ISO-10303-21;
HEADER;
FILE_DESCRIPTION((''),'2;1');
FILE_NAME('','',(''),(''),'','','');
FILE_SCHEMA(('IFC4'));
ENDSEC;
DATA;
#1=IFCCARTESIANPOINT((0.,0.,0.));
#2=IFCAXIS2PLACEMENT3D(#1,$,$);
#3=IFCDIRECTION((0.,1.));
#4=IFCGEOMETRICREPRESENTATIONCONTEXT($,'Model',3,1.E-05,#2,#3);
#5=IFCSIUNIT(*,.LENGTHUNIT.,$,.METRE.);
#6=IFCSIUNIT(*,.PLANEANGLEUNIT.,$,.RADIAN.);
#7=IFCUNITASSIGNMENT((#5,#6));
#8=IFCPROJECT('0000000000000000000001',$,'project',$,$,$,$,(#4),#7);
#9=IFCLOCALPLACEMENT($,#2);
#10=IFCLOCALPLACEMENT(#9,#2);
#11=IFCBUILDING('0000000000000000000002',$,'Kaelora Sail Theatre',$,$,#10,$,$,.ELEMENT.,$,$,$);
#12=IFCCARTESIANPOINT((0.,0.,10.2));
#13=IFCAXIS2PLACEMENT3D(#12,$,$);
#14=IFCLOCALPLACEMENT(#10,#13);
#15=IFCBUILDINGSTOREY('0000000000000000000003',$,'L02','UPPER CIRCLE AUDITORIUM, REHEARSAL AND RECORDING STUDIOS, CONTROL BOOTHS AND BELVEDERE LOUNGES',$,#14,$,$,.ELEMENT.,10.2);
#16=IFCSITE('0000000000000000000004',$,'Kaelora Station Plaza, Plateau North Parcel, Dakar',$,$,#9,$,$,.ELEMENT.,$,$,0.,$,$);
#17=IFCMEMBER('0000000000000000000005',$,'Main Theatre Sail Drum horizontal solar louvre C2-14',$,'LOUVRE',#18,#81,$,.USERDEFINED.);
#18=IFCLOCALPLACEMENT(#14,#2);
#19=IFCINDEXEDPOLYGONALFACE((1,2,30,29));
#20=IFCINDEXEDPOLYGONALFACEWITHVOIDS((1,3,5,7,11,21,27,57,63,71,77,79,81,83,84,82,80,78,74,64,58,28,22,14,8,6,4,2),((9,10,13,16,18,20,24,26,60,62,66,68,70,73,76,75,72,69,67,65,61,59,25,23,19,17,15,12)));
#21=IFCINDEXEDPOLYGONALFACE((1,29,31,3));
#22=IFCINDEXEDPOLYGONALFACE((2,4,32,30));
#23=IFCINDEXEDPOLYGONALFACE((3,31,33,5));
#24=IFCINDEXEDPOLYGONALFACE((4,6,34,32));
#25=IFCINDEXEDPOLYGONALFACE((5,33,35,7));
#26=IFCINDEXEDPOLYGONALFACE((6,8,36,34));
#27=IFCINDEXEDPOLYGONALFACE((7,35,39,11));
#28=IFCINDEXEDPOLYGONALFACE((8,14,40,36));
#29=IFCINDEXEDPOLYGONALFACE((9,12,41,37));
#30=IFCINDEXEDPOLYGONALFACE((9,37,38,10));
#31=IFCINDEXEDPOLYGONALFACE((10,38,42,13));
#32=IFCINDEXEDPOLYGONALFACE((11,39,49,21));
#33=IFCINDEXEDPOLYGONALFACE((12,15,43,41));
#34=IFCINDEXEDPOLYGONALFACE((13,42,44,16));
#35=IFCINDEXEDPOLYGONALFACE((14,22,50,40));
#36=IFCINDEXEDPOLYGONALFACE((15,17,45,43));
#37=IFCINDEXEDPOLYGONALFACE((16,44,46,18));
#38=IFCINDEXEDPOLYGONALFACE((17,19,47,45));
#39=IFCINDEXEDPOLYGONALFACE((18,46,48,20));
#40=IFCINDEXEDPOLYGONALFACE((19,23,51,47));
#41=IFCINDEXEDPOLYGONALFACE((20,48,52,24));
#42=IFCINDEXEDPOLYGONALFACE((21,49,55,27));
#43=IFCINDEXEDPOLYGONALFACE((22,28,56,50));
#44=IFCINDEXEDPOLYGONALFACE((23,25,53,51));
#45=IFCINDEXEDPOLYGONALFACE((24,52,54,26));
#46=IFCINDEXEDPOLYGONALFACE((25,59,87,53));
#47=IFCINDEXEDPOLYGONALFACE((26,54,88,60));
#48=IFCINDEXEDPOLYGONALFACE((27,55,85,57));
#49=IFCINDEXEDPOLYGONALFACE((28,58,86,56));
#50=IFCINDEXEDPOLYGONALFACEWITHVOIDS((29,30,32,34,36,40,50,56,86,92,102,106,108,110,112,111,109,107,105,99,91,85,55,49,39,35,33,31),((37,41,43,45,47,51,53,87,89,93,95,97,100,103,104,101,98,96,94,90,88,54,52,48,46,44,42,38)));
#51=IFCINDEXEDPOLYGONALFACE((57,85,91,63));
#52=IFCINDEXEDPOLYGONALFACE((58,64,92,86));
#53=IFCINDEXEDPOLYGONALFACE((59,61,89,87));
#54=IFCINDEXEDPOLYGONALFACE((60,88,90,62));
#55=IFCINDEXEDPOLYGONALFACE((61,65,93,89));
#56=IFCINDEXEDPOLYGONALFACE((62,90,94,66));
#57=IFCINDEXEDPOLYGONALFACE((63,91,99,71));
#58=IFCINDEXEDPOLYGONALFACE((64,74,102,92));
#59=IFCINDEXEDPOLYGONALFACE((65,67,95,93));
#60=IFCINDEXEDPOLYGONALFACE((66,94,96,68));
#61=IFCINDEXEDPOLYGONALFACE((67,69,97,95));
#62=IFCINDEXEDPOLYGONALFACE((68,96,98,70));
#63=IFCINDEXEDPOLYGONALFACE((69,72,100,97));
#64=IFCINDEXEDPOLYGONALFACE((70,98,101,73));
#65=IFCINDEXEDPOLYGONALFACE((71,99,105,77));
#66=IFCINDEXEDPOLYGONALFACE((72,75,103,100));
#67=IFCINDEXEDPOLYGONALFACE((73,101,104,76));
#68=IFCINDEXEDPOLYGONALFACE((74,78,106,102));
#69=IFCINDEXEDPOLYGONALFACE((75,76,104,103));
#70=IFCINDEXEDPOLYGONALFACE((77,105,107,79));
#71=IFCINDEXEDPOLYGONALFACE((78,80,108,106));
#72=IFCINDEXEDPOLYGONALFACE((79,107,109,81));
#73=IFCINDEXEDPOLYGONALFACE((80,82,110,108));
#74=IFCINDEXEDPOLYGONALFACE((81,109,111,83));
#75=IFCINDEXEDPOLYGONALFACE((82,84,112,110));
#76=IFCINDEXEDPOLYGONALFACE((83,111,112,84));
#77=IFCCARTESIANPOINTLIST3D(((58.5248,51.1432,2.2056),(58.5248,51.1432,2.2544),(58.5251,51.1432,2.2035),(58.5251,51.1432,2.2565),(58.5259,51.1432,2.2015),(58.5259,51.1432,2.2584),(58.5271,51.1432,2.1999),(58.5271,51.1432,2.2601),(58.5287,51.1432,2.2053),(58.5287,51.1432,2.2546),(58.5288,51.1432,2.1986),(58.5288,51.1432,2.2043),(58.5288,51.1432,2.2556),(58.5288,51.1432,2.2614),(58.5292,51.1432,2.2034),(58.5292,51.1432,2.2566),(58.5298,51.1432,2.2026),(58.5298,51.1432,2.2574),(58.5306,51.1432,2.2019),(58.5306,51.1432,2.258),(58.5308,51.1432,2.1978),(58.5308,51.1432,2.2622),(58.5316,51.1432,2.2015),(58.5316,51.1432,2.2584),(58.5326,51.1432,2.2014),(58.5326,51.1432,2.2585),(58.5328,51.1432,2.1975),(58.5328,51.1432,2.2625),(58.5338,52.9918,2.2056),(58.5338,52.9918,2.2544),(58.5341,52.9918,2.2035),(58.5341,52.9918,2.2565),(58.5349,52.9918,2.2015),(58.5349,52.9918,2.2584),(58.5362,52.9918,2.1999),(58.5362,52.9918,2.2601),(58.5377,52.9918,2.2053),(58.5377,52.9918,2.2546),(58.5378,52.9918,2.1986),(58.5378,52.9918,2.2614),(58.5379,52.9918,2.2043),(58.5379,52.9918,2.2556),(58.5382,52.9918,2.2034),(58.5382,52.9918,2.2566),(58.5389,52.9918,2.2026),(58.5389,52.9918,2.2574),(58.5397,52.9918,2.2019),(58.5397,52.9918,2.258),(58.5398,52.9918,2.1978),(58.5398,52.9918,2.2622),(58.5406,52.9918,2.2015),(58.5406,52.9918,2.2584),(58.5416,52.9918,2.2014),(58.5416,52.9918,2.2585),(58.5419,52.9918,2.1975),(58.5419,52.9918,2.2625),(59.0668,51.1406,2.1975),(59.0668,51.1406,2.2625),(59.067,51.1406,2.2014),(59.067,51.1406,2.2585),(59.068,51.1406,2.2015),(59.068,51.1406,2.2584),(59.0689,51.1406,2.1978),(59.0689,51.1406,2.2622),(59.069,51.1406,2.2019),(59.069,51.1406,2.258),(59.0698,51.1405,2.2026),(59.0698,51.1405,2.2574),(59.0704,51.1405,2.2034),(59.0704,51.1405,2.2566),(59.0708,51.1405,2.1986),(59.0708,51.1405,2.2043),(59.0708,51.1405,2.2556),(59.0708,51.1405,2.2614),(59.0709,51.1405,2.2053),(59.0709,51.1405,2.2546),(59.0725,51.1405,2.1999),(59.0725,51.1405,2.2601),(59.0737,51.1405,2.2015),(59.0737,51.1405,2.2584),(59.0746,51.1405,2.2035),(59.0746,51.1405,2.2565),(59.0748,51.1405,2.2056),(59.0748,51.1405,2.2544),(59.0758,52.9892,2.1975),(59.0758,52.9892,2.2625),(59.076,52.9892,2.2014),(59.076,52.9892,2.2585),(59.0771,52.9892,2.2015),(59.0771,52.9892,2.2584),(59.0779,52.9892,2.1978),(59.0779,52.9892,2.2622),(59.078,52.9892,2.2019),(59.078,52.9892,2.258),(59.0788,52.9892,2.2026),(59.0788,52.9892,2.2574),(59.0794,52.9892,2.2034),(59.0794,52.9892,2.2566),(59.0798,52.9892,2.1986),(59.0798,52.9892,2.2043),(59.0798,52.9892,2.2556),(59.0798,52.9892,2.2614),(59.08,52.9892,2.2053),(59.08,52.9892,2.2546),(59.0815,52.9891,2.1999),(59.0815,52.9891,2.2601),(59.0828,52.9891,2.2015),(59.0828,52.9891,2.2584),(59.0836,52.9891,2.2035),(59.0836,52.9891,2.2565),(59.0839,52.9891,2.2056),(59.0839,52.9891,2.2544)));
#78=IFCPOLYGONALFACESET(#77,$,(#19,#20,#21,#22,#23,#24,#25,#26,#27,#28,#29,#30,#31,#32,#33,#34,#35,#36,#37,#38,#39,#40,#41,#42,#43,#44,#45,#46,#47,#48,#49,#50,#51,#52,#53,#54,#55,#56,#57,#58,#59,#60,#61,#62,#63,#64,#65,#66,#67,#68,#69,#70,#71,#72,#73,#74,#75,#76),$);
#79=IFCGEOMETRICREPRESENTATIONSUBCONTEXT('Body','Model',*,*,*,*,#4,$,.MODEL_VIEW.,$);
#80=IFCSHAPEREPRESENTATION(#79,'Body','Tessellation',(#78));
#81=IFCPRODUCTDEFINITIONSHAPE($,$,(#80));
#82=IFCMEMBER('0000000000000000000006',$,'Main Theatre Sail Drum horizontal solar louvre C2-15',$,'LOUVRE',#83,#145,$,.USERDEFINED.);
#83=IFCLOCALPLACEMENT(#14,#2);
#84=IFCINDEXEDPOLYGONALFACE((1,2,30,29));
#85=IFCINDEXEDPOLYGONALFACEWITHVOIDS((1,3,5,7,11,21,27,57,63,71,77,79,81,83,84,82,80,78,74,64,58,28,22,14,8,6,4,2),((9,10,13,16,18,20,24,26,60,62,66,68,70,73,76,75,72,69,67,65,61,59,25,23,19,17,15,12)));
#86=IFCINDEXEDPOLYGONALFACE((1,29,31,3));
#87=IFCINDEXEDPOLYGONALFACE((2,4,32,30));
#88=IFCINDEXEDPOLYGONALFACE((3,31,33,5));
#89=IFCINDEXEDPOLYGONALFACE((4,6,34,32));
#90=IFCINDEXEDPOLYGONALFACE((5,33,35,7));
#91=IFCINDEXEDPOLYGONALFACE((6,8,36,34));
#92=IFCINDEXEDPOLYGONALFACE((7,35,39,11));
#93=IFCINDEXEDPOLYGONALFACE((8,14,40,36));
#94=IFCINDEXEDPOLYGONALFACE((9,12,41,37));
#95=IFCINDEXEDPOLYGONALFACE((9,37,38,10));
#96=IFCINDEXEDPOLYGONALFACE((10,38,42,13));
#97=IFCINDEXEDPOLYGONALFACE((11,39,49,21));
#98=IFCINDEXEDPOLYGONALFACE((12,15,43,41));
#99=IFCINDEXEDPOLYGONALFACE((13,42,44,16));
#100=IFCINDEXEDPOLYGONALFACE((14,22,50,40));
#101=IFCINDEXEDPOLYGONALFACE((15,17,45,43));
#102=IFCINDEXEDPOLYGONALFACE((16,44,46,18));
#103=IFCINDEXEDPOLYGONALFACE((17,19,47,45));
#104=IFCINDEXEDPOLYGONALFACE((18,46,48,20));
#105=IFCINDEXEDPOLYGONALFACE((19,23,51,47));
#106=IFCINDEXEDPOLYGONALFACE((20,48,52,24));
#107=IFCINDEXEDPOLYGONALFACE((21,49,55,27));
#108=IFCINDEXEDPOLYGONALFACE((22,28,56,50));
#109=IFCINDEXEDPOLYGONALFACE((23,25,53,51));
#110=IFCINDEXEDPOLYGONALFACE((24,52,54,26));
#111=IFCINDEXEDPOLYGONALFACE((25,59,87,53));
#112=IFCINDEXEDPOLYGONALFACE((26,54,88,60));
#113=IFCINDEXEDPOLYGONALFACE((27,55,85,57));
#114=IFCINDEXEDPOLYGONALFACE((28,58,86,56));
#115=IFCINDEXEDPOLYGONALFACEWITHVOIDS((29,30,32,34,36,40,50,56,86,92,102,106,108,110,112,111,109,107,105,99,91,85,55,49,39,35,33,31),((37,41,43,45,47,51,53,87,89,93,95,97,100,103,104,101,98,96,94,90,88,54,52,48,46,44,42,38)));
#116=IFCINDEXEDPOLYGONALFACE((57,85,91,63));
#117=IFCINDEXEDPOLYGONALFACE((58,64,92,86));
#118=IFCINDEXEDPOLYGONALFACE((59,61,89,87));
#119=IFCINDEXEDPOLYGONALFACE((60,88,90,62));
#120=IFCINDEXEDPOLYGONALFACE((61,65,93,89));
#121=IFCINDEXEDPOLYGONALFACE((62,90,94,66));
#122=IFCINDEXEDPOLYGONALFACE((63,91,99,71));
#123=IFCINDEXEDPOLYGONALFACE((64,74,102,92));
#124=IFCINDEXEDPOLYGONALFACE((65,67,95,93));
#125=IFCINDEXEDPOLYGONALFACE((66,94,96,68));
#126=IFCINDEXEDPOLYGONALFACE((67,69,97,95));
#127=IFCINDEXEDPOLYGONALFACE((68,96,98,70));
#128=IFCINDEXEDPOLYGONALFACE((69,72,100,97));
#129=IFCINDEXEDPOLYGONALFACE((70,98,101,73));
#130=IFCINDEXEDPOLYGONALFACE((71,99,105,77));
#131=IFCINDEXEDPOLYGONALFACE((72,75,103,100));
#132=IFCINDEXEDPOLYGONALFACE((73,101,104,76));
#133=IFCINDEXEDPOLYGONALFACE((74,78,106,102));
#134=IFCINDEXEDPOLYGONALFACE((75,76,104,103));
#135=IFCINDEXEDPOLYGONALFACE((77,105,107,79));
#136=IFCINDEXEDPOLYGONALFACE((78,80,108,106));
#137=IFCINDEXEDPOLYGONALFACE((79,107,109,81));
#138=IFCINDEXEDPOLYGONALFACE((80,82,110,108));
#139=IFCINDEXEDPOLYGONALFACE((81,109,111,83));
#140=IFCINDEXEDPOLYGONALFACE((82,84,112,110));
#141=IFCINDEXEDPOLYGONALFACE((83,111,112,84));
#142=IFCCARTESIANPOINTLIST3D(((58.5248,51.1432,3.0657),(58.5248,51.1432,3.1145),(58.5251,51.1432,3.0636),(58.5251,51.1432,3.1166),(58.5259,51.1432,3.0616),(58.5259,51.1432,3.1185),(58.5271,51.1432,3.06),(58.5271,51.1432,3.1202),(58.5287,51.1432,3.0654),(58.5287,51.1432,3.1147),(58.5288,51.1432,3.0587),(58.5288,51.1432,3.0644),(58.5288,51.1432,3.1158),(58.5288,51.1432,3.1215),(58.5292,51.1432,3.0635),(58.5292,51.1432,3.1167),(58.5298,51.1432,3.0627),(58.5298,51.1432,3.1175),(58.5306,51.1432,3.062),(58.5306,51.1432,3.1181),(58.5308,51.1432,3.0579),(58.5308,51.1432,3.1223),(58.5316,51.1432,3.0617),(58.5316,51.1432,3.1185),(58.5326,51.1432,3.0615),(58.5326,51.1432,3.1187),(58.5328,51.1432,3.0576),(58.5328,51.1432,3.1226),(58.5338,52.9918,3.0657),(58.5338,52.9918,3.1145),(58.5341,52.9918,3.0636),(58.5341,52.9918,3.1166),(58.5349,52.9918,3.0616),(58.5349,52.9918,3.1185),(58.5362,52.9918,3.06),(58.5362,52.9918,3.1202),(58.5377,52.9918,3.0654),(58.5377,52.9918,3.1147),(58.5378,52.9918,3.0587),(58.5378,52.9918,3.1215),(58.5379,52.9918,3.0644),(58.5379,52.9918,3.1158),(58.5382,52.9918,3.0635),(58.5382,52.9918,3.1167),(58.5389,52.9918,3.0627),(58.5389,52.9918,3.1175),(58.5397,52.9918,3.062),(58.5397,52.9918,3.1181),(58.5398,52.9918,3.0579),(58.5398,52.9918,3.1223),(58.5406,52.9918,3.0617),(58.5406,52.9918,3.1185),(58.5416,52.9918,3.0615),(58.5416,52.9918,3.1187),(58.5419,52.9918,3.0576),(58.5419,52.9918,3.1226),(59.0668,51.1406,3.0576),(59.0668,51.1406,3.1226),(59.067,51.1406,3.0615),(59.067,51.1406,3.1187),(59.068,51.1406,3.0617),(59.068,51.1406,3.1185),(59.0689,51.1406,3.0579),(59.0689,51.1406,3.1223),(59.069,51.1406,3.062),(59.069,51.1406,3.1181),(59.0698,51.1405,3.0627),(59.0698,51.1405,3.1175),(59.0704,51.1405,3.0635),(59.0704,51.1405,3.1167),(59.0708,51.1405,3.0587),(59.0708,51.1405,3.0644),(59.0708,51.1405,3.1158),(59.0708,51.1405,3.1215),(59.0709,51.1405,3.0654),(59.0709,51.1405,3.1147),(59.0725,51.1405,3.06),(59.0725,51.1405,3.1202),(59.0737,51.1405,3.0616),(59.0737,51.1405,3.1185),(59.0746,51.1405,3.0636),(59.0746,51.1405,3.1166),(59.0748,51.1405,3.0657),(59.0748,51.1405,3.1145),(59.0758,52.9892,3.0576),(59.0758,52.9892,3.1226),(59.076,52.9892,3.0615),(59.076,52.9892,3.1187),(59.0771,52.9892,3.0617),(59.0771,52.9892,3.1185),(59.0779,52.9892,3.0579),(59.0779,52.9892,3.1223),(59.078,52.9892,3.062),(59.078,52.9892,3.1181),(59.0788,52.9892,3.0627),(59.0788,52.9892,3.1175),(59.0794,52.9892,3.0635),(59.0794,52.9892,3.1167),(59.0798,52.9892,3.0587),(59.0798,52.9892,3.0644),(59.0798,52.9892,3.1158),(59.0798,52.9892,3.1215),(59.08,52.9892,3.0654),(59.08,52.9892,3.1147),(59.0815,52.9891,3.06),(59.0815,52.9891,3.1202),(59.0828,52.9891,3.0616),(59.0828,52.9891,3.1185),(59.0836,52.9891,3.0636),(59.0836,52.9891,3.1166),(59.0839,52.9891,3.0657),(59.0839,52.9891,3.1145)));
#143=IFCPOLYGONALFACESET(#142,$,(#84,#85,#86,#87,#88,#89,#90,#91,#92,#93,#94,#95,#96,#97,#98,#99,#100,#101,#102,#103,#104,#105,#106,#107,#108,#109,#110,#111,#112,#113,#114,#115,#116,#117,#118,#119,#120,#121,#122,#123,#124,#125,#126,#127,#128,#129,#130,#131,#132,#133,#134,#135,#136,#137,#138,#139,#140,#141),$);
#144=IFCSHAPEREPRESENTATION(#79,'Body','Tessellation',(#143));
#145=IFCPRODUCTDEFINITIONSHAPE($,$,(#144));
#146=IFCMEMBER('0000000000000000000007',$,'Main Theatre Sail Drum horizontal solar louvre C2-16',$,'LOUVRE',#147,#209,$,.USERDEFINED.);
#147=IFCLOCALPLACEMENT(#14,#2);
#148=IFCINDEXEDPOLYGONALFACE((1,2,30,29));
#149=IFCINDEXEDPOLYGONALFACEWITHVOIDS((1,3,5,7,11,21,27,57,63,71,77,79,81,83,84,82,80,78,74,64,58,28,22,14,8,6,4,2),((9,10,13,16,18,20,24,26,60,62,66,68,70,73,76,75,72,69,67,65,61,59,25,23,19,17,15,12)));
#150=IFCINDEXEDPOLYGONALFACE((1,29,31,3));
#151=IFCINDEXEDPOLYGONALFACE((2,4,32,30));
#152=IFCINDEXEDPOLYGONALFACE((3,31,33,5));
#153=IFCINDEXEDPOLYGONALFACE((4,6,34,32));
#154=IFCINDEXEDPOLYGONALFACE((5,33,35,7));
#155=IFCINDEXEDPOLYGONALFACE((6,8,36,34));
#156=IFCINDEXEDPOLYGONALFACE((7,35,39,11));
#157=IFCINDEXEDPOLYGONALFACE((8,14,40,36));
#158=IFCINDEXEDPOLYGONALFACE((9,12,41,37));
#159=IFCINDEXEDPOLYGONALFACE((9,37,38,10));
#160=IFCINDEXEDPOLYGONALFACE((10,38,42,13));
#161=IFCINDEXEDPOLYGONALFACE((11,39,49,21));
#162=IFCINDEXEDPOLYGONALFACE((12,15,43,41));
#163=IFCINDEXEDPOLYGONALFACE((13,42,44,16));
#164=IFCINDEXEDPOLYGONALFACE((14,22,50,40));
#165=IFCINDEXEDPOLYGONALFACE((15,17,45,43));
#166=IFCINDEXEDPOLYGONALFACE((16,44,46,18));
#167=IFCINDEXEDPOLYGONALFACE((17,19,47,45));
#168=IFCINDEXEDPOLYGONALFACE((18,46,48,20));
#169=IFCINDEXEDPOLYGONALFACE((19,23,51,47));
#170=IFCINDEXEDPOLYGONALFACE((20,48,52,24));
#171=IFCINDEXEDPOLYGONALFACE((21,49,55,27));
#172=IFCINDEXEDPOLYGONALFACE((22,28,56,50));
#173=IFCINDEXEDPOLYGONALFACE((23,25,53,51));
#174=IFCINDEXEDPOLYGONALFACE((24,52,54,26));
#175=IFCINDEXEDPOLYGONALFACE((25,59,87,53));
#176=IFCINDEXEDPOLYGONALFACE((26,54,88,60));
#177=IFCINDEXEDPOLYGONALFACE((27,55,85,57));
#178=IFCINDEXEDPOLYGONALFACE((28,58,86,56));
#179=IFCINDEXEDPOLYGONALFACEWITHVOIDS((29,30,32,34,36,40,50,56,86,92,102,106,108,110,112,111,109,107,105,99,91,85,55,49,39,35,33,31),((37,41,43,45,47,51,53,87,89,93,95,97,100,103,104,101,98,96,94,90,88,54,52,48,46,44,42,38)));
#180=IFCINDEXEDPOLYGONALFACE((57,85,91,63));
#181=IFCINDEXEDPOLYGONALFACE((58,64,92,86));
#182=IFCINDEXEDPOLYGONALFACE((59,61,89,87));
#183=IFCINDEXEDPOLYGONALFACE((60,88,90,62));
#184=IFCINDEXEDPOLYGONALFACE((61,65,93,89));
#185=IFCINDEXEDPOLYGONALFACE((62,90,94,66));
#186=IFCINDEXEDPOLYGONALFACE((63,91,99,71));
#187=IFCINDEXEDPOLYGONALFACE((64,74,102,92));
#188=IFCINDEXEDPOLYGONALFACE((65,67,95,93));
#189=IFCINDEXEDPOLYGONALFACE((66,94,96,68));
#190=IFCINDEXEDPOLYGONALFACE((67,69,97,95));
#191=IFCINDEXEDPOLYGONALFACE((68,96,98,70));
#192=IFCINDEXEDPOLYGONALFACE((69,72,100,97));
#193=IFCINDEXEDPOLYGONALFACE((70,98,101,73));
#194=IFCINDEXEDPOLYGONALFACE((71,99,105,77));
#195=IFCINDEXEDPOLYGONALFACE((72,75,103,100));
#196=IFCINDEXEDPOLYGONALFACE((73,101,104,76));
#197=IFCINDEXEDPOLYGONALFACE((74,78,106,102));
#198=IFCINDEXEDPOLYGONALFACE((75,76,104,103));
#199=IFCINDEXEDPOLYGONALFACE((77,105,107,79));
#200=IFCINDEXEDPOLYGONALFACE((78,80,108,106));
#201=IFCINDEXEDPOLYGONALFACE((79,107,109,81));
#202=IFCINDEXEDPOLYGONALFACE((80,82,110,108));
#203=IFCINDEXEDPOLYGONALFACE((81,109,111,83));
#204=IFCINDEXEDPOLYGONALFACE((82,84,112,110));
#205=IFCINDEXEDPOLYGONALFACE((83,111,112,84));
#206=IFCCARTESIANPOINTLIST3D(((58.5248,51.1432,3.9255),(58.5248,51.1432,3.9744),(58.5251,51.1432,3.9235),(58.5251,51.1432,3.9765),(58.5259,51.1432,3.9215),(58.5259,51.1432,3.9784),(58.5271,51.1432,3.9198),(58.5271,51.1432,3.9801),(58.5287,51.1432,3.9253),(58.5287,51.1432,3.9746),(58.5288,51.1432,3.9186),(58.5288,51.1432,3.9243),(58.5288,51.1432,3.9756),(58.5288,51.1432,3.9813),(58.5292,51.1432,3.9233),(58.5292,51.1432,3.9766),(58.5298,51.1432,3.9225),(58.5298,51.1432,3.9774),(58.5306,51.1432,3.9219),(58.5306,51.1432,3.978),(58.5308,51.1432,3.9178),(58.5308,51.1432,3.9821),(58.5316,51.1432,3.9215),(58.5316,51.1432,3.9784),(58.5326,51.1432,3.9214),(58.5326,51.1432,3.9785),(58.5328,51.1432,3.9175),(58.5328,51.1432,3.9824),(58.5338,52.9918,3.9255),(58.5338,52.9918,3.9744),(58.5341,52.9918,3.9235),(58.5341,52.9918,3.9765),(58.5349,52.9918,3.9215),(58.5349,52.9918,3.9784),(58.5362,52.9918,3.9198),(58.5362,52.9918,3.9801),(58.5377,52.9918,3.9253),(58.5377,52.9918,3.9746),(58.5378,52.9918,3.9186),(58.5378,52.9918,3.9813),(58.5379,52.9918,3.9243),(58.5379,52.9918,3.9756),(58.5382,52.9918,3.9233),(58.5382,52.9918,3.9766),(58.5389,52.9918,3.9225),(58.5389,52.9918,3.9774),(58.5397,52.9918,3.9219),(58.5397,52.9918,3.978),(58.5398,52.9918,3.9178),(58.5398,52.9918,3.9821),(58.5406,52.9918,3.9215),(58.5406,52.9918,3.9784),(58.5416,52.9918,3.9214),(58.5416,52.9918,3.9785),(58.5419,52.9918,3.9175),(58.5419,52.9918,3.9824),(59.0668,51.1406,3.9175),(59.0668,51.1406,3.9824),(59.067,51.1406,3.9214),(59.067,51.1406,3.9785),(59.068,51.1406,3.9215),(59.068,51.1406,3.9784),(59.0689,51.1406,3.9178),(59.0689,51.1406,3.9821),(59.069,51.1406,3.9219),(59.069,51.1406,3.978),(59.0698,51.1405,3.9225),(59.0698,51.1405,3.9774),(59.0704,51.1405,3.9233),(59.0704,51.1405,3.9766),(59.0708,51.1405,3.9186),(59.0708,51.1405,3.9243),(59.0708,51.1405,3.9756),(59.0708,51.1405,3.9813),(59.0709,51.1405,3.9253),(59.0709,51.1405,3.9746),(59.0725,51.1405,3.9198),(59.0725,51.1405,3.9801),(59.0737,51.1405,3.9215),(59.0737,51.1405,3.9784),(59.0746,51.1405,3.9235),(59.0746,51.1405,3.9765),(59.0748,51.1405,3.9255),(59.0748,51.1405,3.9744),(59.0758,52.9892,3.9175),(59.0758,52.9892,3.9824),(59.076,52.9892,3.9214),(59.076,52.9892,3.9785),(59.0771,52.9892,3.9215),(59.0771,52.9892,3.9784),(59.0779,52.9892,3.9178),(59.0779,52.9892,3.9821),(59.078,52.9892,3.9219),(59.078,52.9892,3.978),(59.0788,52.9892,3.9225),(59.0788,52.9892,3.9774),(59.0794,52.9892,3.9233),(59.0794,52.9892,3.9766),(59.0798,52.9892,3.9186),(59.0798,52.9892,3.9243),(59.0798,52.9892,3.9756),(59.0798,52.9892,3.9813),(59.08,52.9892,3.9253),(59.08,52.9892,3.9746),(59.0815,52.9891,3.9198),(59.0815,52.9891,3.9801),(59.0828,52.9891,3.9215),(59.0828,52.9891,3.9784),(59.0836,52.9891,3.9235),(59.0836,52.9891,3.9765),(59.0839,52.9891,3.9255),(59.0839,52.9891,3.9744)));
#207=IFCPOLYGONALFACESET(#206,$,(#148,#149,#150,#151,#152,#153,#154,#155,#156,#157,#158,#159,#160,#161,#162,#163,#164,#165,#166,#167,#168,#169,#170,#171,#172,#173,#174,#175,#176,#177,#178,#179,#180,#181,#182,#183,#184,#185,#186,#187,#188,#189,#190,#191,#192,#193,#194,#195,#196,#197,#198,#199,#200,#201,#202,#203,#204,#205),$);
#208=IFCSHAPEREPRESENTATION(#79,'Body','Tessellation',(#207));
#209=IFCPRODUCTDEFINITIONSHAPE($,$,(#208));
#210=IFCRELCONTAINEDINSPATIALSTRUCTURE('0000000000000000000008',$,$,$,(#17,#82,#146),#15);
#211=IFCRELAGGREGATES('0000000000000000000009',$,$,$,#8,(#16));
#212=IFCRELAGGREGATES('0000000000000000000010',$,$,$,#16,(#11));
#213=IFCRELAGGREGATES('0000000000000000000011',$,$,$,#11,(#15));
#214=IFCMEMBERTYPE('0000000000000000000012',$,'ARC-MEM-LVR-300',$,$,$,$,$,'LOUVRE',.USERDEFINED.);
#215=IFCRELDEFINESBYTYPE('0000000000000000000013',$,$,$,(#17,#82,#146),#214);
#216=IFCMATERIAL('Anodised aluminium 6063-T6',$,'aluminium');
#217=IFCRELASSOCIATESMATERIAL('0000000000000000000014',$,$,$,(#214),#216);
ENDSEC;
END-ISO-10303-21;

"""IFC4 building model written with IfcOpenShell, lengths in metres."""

from ifc_helpers import new_model, si_unit, direction, frame, origin, origin_2d, place, context, subcontext, project, spatial, hollow_rectangle, extrude, material, material_profile, profile_set, type_object, element, save


model = new_model("IFC4")

# Units and contexts
model_context = context("Model", 3, precision=1e-05, world=origin(), true_north=direction((0.0, 1.0)))
body_context = subcontext(model_context, "Body", "Model", "MODEL_VIEW")
ifc_project = project(units=[si_unit("LENGTHUNIT", "METRE"), si_unit("PLANEANGLEUNIT", "RADIAN")], contexts=[model_context])

# Site, building, storey
site_placement = place(None, origin())
site = spatial("IfcSite", under=ifc_project, at=site_placement, Name="Kaelora Station Plaza, Plateau North Parcel, Dakar", CompositionType="ELEMENT", RefElevation=0.0)
building_placement = place(site_placement, origin())
building = spatial("IfcBuilding", under=site, at=building_placement, Name="Kaelora Sail Theatre", CompositionType="ELEMENT")
storey_placement = place(building_placement, frame((0.0, 0.0, 10.2)))
storey = spatial("IfcBuildingStorey", under=building, at=storey_placement, Name="L02", Description="UPPER CIRCLE AUDITORIUM, REHEARSAL AND RECORDING STUDIOS, CONTROL BOOTHS AND BELVEDERE LOUNGES", CompositionType="ELEMENT", Elevation=10.2)

# Members
ifc_material_1 = material(Name="Anodised aluminium 6063-T6", Category="aluminium")
ifc_material_profile_1 = material_profile(ifc_material_1, hollow_rectangle(XDim=0.55, YDim=0.0649, WallThickness=0.0039, InnerFilletRadius=0.0039, OuterFilletRadius=0.0081, at=origin_2d()), Name="LOUVRE 550x65x4")
ifc_profile_set_1 = profile_set([ifc_material_profile_1], Name="Anodised aluminium 6063-T6")
member_type_1 = type_object("IfcMemberType", Name="ARC-MEM-LVR-300", ElementType="LOUVRE", PredefinedType="USERDEFINED", material=ifc_profile_set_1)
for number, where, z_axis, x_axis, name in (
    (1, (58.8088, 52.9905, 2.23), (-0.004886, -0.999988, 0.0), (0.999988, -0.004886, 0.0), "Main Theatre Sail Drum horizontal solar louvre C2-14"),
    (2, (58.8088, 52.9905, 3.0901), (-0.004886, -0.999988, 0.0), (0.999988, -0.004886, 0.0), "Main Theatre Sail Drum horizontal solar louvre C2-15"),
    (3, (58.8088, 52.9905, 3.95), (-0.004886, -0.999988, 0.0), (0.999988, -0.004886, 0.0), "Main Theatre Sail Drum horizontal solar louvre C2-16"),
):
    element("IfcMember", number, at=place(storey_placement, frame(where, z_axis=z_axis, x_axis=x_axis)), inside=storey, type_object=member_type_1, Name=name, ObjectType="LOUVRE", PredefinedType="USERDEFINED", context=body_context, shape_type="SweptSolid", body=[
        extrude(hollow_rectangle(XDim=0.55, YDim=0.0649, WallThickness=0.0039, InnerFilletRadius=0.0039, OuterFilletRadius=0.0081, at=origin_2d()), origin(), (0.0, 0.0, 1.0), 1.8486),
    ])

save(model, "model.ifc")
